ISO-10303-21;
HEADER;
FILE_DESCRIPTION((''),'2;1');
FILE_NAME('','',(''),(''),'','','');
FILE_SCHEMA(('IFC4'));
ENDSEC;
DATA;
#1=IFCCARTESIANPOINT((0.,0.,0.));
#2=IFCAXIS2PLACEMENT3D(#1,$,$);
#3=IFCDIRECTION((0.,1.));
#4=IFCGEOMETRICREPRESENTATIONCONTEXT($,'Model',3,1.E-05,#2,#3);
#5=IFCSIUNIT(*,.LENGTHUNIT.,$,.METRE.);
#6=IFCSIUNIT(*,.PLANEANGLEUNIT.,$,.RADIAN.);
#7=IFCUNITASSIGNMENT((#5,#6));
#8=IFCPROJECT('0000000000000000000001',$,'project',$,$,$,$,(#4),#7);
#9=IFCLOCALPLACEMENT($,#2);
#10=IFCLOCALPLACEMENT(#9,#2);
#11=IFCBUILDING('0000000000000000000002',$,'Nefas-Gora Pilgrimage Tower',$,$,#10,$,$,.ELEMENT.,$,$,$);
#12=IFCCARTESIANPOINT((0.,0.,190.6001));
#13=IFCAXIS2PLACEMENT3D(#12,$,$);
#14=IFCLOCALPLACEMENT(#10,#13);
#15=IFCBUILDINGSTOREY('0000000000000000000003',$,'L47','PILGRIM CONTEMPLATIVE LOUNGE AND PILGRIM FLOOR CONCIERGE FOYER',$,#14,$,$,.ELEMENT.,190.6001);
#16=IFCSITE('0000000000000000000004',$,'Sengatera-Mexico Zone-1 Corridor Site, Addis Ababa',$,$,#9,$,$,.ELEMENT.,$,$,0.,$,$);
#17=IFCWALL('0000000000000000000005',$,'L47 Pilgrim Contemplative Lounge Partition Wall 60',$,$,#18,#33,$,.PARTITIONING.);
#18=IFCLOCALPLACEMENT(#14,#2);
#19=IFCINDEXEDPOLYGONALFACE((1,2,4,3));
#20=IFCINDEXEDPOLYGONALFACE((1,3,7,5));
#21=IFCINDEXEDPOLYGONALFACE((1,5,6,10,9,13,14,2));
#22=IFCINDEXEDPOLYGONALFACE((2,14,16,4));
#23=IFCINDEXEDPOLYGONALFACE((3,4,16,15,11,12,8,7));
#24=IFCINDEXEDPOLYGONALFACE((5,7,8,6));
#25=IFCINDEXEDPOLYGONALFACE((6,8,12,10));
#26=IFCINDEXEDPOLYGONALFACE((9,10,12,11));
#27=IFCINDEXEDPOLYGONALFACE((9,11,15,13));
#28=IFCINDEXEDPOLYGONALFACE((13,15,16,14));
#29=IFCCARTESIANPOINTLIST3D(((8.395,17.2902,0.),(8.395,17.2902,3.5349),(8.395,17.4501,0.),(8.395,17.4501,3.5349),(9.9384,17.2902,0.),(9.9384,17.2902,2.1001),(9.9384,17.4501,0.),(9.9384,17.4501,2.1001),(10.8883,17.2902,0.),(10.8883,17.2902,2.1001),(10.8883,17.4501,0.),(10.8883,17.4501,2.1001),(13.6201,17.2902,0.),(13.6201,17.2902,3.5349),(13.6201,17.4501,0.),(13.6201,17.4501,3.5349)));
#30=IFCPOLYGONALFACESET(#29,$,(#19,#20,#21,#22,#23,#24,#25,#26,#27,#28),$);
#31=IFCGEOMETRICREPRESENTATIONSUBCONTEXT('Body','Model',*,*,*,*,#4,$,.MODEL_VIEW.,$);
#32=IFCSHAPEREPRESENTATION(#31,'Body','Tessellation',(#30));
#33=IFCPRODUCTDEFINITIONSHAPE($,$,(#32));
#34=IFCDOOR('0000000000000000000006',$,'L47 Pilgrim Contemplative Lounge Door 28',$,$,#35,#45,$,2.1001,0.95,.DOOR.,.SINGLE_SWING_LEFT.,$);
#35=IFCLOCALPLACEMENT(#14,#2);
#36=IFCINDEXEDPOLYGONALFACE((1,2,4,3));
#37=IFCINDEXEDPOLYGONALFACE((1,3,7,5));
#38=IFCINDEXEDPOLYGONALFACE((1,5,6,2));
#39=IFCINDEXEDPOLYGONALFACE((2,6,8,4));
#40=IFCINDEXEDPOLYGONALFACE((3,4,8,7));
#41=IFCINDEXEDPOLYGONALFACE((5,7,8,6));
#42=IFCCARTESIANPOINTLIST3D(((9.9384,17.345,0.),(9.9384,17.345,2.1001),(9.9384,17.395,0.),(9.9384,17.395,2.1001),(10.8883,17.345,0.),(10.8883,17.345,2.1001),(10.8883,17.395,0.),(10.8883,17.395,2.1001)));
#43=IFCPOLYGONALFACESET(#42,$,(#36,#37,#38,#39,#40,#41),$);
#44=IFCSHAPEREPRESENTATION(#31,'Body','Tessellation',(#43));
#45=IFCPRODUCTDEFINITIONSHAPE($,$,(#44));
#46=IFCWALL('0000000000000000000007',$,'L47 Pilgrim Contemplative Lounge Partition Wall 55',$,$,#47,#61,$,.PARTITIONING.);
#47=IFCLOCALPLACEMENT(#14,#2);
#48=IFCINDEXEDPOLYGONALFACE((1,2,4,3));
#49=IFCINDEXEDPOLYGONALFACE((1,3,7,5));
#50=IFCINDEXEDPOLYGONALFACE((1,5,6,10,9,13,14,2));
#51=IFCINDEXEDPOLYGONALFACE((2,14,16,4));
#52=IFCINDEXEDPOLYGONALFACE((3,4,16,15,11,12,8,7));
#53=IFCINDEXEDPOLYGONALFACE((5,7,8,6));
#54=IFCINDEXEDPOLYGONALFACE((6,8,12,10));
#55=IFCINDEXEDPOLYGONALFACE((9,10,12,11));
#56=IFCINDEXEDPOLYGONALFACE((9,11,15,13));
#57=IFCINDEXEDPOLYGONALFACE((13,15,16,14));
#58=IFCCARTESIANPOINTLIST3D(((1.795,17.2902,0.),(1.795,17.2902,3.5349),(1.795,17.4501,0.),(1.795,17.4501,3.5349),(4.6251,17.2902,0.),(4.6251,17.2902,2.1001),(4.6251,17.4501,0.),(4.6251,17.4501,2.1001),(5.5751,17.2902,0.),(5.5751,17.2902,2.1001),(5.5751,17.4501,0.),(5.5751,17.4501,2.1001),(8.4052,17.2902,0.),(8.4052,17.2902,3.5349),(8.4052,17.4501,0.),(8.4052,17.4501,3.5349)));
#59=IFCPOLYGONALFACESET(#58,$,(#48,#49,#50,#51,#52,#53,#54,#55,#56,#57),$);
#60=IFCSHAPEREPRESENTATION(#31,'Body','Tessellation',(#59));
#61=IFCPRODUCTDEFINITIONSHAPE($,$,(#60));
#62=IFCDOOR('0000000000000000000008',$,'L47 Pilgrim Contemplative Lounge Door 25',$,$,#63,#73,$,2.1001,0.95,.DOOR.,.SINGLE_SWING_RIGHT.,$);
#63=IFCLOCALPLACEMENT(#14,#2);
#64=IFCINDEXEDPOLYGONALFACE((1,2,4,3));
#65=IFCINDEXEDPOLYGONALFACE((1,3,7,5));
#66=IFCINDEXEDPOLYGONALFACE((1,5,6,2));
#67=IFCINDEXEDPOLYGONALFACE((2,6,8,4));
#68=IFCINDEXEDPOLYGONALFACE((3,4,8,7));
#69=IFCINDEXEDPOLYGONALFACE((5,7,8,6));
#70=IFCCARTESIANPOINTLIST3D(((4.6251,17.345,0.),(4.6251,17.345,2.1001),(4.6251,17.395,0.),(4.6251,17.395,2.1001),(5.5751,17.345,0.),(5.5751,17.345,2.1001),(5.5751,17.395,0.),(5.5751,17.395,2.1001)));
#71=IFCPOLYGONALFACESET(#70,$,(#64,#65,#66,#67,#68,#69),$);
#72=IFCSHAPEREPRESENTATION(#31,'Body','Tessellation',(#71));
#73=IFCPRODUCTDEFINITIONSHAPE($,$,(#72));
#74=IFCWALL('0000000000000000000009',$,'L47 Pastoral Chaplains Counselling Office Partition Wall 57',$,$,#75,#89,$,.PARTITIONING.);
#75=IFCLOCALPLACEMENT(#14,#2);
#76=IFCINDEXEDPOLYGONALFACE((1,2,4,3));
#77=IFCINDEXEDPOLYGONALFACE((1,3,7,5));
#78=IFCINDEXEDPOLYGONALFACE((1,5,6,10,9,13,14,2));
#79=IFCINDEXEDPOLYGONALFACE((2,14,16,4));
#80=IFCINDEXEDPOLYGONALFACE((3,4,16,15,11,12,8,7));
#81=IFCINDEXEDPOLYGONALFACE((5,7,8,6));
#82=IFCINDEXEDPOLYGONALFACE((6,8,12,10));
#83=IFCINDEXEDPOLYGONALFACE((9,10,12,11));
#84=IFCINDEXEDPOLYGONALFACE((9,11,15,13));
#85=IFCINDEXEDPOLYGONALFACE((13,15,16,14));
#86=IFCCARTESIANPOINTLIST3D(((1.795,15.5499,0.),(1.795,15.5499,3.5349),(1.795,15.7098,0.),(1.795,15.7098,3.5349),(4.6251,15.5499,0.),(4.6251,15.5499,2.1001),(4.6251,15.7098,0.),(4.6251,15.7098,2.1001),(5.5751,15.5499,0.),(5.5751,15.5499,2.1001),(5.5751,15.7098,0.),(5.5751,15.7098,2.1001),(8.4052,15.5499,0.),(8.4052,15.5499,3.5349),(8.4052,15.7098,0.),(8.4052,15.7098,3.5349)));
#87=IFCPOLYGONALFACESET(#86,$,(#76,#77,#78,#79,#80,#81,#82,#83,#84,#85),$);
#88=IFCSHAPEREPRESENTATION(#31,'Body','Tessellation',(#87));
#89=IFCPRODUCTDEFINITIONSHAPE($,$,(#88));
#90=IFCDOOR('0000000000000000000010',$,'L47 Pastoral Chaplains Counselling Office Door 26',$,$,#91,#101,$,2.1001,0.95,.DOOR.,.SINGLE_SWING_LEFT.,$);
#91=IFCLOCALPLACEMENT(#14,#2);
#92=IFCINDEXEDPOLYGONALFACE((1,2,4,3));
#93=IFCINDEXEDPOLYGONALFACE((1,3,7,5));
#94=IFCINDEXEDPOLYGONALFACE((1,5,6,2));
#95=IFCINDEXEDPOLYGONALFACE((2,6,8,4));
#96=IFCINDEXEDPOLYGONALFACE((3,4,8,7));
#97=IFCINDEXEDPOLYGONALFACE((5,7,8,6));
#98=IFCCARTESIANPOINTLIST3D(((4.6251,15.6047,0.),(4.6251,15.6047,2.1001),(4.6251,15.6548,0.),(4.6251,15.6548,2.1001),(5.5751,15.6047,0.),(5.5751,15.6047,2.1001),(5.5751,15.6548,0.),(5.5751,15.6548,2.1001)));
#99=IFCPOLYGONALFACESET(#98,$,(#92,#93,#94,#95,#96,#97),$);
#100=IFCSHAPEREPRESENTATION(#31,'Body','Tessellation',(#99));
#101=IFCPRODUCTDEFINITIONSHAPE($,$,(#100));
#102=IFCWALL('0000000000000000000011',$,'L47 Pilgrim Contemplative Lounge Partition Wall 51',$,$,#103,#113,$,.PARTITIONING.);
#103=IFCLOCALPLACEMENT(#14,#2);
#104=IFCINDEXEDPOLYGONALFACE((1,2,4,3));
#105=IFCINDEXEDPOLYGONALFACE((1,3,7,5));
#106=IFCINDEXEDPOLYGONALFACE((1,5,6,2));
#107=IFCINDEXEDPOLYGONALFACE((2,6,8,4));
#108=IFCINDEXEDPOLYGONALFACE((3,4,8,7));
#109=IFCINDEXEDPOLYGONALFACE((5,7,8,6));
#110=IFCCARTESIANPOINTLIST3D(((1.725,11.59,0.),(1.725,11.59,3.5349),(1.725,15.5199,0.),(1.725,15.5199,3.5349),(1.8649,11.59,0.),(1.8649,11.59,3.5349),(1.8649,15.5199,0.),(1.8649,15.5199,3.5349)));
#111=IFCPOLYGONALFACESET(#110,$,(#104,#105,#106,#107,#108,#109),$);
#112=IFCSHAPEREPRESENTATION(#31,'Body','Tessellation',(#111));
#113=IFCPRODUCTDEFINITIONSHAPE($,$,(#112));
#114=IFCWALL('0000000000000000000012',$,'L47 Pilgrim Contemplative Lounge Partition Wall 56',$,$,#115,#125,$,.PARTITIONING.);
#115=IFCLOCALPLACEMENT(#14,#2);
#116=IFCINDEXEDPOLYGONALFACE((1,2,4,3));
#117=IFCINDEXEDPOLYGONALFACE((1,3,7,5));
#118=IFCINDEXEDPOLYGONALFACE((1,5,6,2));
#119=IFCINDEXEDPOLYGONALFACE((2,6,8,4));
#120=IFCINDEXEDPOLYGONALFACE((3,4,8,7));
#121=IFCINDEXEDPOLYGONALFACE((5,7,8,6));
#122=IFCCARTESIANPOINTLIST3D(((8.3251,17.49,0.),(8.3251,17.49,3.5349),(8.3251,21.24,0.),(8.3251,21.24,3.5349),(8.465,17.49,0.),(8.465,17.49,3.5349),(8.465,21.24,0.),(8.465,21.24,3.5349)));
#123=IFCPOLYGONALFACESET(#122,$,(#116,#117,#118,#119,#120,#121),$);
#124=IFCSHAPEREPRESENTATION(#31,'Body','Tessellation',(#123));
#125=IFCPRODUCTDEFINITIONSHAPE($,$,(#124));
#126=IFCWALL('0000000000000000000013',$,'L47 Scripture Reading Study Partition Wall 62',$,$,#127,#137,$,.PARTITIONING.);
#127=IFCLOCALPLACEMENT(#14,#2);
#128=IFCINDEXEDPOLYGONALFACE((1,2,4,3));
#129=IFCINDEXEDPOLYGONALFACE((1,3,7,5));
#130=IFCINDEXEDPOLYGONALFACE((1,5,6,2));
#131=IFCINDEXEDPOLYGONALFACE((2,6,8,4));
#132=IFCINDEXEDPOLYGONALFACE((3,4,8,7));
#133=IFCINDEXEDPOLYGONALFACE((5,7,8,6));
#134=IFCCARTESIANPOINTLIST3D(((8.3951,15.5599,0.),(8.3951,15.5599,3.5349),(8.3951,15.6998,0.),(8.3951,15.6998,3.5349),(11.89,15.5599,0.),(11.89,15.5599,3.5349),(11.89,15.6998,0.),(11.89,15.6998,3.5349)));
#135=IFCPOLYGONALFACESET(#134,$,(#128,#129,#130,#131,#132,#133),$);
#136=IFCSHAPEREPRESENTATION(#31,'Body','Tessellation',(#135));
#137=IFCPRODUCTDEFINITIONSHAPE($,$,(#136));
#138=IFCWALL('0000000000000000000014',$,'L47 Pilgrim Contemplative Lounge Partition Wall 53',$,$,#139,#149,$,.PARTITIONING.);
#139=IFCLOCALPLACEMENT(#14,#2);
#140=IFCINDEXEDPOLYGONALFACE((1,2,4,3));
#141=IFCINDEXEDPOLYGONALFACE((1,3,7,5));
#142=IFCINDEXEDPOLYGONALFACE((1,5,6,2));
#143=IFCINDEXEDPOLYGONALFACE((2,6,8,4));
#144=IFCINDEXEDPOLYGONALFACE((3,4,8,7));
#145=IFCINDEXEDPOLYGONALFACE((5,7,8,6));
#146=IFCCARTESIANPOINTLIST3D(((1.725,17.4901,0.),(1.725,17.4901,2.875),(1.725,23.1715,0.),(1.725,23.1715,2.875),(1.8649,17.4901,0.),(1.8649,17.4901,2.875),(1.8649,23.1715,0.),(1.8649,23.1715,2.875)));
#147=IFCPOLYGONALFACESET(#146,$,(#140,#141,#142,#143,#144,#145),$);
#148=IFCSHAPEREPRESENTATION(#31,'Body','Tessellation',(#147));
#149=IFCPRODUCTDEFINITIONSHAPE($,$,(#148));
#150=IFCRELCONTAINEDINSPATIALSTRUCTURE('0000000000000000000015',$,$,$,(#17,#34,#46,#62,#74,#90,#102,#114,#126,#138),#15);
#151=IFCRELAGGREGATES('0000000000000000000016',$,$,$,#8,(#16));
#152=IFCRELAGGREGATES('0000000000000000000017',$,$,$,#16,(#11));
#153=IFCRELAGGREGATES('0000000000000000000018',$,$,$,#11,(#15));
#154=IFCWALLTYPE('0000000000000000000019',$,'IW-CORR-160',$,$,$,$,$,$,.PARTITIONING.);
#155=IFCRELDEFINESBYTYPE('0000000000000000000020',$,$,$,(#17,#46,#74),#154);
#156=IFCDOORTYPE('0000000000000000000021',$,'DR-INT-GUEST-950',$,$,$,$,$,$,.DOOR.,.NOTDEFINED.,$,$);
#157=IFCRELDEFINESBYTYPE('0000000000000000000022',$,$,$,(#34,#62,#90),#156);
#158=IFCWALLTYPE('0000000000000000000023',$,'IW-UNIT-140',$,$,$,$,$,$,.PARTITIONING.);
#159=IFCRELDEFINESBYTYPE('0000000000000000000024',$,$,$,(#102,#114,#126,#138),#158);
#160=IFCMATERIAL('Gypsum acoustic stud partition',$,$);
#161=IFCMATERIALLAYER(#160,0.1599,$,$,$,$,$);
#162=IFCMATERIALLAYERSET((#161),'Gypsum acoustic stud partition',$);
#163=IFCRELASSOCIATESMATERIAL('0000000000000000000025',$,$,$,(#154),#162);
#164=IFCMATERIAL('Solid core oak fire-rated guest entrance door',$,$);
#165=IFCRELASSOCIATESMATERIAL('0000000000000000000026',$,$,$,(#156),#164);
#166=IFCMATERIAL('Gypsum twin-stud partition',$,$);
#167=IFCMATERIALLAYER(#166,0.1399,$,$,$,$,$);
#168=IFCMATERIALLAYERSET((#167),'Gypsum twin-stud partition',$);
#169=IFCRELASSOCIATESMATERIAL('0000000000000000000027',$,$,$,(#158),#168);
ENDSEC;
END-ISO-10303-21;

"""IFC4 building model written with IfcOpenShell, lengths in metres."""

from ifc_helpers import new_model, si_unit, direction, frame, frame_2d, origin, place, context, subcontext, project, spatial, rectangle, extrude, source, transform, mapped, material, layer, layer_set, type_object, element, fill, save


model = new_model("IFC4")

# Units and contexts
model_context = context("Model", 3, precision=1e-05, world=origin(), true_north=direction((0.0, 1.0)))
body_context = subcontext(model_context, "Body", "Model", "MODEL_VIEW")
ifc_project = project(units=[si_unit("LENGTHUNIT", "METRE"), si_unit("PLANEANGLEUNIT", "RADIAN")], contexts=[model_context])

# Site, building, storey
site_placement = place(None, origin())
site = spatial("IfcSite", under=ifc_project, at=site_placement, Name="Sengatera-Mexico Zone-1 Corridor Site, Addis Ababa", CompositionType="ELEMENT", RefElevation=0.0)
building_placement = place(site_placement, origin())
building = spatial("IfcBuilding", under=site, at=building_placement, Name="Nefas-Gora Pilgrimage Tower", CompositionType="ELEMENT")
storey_placement = place(building_placement, frame((0.0, 0.0, 190.6001)))
storey = spatial("IfcBuildingStorey", under=building, at=storey_placement, Name="L47", Description="PILGRIM CONTEMPLATIVE LOUNGE AND PILGRIM FLOOR CONCIERGE FOYER", CompositionType="ELEMENT", Elevation=190.6001)

# Walls, openings, doors
ifc_material_1 = material(Name="Gypsum acoustic stud partition")
ifc_layer_1 = layer(ifc_material_1, 0.1599)
ifc_layer_set_1 = layer_set([ifc_layer_1], Name="Gypsum acoustic stud partition")
wall_type_1 = type_object("IfcWallType", Name="IW-CORR-160", PredefinedType="PARTITIONING", material=ifc_layer_set_1)
shared_shape_1 = source(origin(), body_context, "Body", "SweptSolid", [
    extrude(rectangle(XDim=5.2251, YDim=0.1599, at=frame_2d((2.6125, 0.0))), origin(), (0.0, 0.0, 1.0), 3.5349),
])
wall_1_placement = place(storey_placement, frame((8.395, 17.3701, 0.0), z_axis=(0.0, 0.0, 1.0), x_axis=(1.0, 0.0, 0.0)))
wall_1 = element("IfcWall", 1, at=wall_1_placement, inside=storey, type_object=wall_type_1, Name="L47 Pilgrim Contemplative Lounge Partition Wall 60", PredefinedType="PARTITIONING", context=body_context, shape_type="MappedRepresentation", body=[
    mapped(shared_shape_1, transform((0.0, 0.0, 0.0), x_axis=(1.0, 0.0, 0.0), y_axis=(0.0, 1.0, 0.0), z_axis=(0.0, 0.0, 1.0), scale=1.0)),
])
opening_1_placement = place(wall_1_placement, frame((1.5432, 0.0, 0.0)))
opening_1 = element("IfcOpeningElement", 2, at=opening_1_placement, cuts=wall_1, PredefinedType="OPENING", context=body_context, shape_type="SweptSolid", body=[
    extrude(rectangle(XDim=0.95, YDim=2.1001, at=frame_2d((0.4751, 1.05))), frame((0.0, 0.0898, 0.0), z_axis=(0.0, -1.0, 0.0), x_axis=(1.0, 0.0, 0.0)), (0.0, 0.0, 1.0), 0.1799),
])
ifc_material_2 = material(Name="Solid core oak fire-rated guest entrance door")
door_type = type_object("IfcDoorType", Name="DR-INT-GUEST-950", OperationType="NOTDEFINED", PredefinedType="DOOR", material=ifc_material_2)
shared_shape_2 = source(origin(), body_context, "Body", "SweptSolid", [
    extrude(rectangle(XDim=0.95, YDim=2.1001, at=frame_2d((0.4751, 1.05))), frame((0.0, 0.0249, 0.0), z_axis=(0.0, -1.0, 0.0), x_axis=(1.0, 0.0, 0.0)), (0.0, 0.0, 1.0), 0.05),
])
door_1_placement = place(opening_1_placement, origin())
door_1 = element("IfcDoor", 3, at=door_1_placement, inside=storey, type_object=door_type, Name="L47 Pilgrim Contemplative Lounge Door 28", OperationType="SINGLE_SWING_LEFT", OverallHeight=2.1001, OverallWidth=0.95, PredefinedType="DOOR", context=body_context, shape_type="MappedRepresentation", body=[
    mapped(shared_shape_2, transform((0.0, 0.0, 0.0), x_axis=(1.0, 0.0, 0.0), y_axis=(0.0, 1.0, 0.0), z_axis=(0.0, 0.0, 1.0), scale=1.0)),
])
fill(opening_1, door_1)
shared_shape_3 = source(origin(), body_context, "Body", "SweptSolid", [
    extrude(rectangle(XDim=6.6101, YDim=0.1599, at=frame_2d((3.3052, 0.0))), origin(), (0.0, 0.0, 1.0), 3.5349),
])
wall_2_placement = place(storey_placement, frame((1.7949, 17.3701, 0.0), z_axis=(0.0, 0.0, 1.0), x_axis=(1.0, 0.0, 0.0)))
wall_2 = element("IfcWall", 4, at=wall_2_placement, inside=storey, type_object=wall_type_1, Name="L47 Pilgrim Contemplative Lounge Partition Wall 55", PredefinedType="PARTITIONING", context=body_context, shape_type="MappedRepresentation", body=[
    mapped(shared_shape_3, transform((0.0, 0.0, 0.0), x_axis=(1.0, 0.0, 0.0), y_axis=(0.0, 1.0, 0.0), z_axis=(0.0, 0.0, 1.0), scale=1.0)),
])
opening_2_placement = place(wall_2_placement, frame((2.8301, 0.0, 0.0)))
opening_2 = element("IfcOpeningElement", 5, at=opening_2_placement, cuts=wall_2, PredefinedType="OPENING", context=body_context, shape_type="SweptSolid", body=[
    extrude(rectangle(XDim=0.95, YDim=2.1001, at=frame_2d((0.4751, 1.05))), frame((0.0, 0.0898, 0.0), z_axis=(0.0, -1.0, 0.0), x_axis=(1.0, 0.0, 0.0)), (0.0, 0.0, 1.0), 0.1799),
])
door_2_placement = place(opening_2_placement, origin())
door_2 = element("IfcDoor", 6, at=door_2_placement, inside=storey, type_object=door_type, Name="L47 Pilgrim Contemplative Lounge Door 25", OperationType="SINGLE_SWING_RIGHT", OverallHeight=2.1001, OverallWidth=0.95, PredefinedType="DOOR", context=body_context, shape_type="MappedRepresentation", body=[
    mapped(shared_shape_2, transform((0.0, 0.0, 0.0), x_axis=(1.0, 0.0, 0.0), y_axis=(0.0, 1.0, 0.0), z_axis=(0.0, 0.0, 1.0), scale=1.0)),
])
fill(opening_2, door_2)
wall_3_placement = place(storey_placement, frame((1.7949, 15.6299, 0.0), z_axis=(0.0, 0.0, 1.0), x_axis=(1.0, 0.0, 0.0)))
wall_3 = element("IfcWall", 7, at=wall_3_placement, inside=storey, type_object=wall_type_1, Name="L47 Pastoral Chaplains Counselling Office Partition Wall 57", PredefinedType="PARTITIONING", context=body_context, shape_type="MappedRepresentation", body=[
    mapped(shared_shape_3, transform((0.0, 0.0, 0.0), x_axis=(1.0, 0.0, 0.0), y_axis=(0.0, 1.0, 0.0), z_axis=(0.0, 0.0, 1.0), scale=1.0)),
])
opening_3_placement = place(wall_3_placement, frame((2.8301, 0.0, 0.0)))
opening_3 = element("IfcOpeningElement", 8, at=opening_3_placement, cuts=wall_3, PredefinedType="OPENING", context=body_context, shape_type="SweptSolid", body=[
    extrude(rectangle(XDim=0.95, YDim=2.1001, at=frame_2d((0.4751, 1.05))), frame((0.0, 0.0898, 0.0), z_axis=(0.0, -1.0, 0.0), x_axis=(1.0, 0.0, 0.0)), (0.0, 0.0, 1.0), 0.1799),
])
door_3_placement = place(opening_3_placement, origin())
door_3 = element("IfcDoor", 9, at=door_3_placement, inside=storey, type_object=door_type, Name="L47 Pastoral Chaplains Counselling Office Door 26", OperationType="SINGLE_SWING_LEFT", OverallHeight=2.1001, OverallWidth=0.95, PredefinedType="DOOR", context=body_context, shape_type="MappedRepresentation", body=[
    mapped(shared_shape_2, transform((0.0, 0.0, 0.0), x_axis=(1.0, 0.0, 0.0), y_axis=(0.0, 1.0, 0.0), z_axis=(0.0, 0.0, 1.0), scale=1.0)),
])
fill(opening_3, door_3)

# Walls
ifc_material_3 = material(Name="Gypsum twin-stud partition")
ifc_layer_2 = layer(ifc_material_3, 0.1399)
ifc_layer_set_2 = layer_set([ifc_layer_2], Name="Gypsum twin-stud partition")
wall_type_2 = type_object("IfcWallType", Name="IW-UNIT-140", PredefinedType="PARTITIONING", material=ifc_layer_set_2)
shared_shape_4 = source(origin(), body_context, "Body", "SweptSolid", [
    extrude(rectangle(XDim=3.9299, YDim=0.1399, at=frame_2d((1.9648, 0.0))), origin(), (0.0, 0.0, 1.0), 3.5349),
])
wall_4_placement = place(storey_placement, frame((1.7949, 11.5901, 0.0), z_axis=(0.0, 0.0, 1.0), x_axis=(0.0, 1.0, 0.0)))
element("IfcWall", 10, at=wall_4_placement, inside=storey, type_object=wall_type_2, Name="L47 Pilgrim Contemplative Lounge Partition Wall 51", PredefinedType="PARTITIONING", context=body_context, shape_type="MappedRepresentation", body=[
    mapped(shared_shape_4, transform((0.0, 0.0, 0.0), x_axis=(1.0, 0.0, 0.0), y_axis=(0.0, 1.0, 0.0), z_axis=(0.0, 0.0, 1.0), scale=1.0)),
])
shared_shape_5 = source(origin(), body_context, "Body", "SweptSolid", [
    extrude(rectangle(XDim=3.75, YDim=0.1399, at=frame_2d((1.875, 0.0))), origin(), (0.0, 0.0, 1.0), 3.5349),
])
wall_5_placement = place(storey_placement, frame((8.395, 17.49, 0.0), z_axis=(0.0, 0.0, 1.0), x_axis=(0.0, 1.0, 0.0)))
element("IfcWall", 11, at=wall_5_placement, inside=storey, type_object=wall_type_2, Name="L47 Pilgrim Contemplative Lounge Partition Wall 56", PredefinedType="PARTITIONING", context=body_context, shape_type="MappedRepresentation", body=[
    mapped(shared_shape_5, transform((0.0, 0.0, 0.0), x_axis=(1.0, 0.0, 0.0), y_axis=(0.0, 1.0, 0.0), z_axis=(0.0, 0.0, 1.0), scale=1.0)),
])
shared_shape_6 = source(origin(), body_context, "Body", "SweptSolid", [
    extrude(rectangle(XDim=3.4949, YDim=0.1399, at=frame_2d((1.7476, 0.0))), origin(), (0.0, 0.0, 1.0), 3.5349),
])
wall_6_placement = place(storey_placement, frame((8.395, 15.6299, 0.0), z_axis=(0.0, 0.0, 1.0), x_axis=(1.0, 0.0, 0.0)))
element("IfcWall", 12, at=wall_6_placement, inside=storey, type_object=wall_type_2, Name="L47 Scripture Reading Study Partition Wall 62", PredefinedType="PARTITIONING", context=body_context, shape_type="MappedRepresentation", body=[
    mapped(shared_shape_6, transform((0.0, 0.0, 0.0), x_axis=(1.0, 0.0, 0.0), y_axis=(0.0, 1.0, 0.0), z_axis=(0.0, 0.0, 1.0), scale=1.0)),
])
shared_shape_7 = source(origin(), body_context, "Body", "SweptSolid", [
    extrude(rectangle(XDim=5.6814, YDim=0.1399, at=frame_2d((2.8408, 0.0))), origin(), (0.0, 0.0, 1.0), 2.875),
])
wall_7_placement = place(storey_placement, frame((1.7949, 17.49, 0.0), z_axis=(0.0, 0.0, 1.0), x_axis=(0.0, 1.0, 0.0)))
element("IfcWall", 13, at=wall_7_placement, inside=storey, type_object=wall_type_2, Name="L47 Pilgrim Contemplative Lounge Partition Wall 53", PredefinedType="PARTITIONING", context=body_context, shape_type="MappedRepresentation", body=[
    mapped(shared_shape_7, transform((0.0, 0.0, 0.0), x_axis=(1.0, 0.0, 0.0), y_axis=(0.0, 1.0, 0.0), z_axis=(0.0, 0.0, 1.0), scale=1.0)),
])

save(model, "model.ifc")
